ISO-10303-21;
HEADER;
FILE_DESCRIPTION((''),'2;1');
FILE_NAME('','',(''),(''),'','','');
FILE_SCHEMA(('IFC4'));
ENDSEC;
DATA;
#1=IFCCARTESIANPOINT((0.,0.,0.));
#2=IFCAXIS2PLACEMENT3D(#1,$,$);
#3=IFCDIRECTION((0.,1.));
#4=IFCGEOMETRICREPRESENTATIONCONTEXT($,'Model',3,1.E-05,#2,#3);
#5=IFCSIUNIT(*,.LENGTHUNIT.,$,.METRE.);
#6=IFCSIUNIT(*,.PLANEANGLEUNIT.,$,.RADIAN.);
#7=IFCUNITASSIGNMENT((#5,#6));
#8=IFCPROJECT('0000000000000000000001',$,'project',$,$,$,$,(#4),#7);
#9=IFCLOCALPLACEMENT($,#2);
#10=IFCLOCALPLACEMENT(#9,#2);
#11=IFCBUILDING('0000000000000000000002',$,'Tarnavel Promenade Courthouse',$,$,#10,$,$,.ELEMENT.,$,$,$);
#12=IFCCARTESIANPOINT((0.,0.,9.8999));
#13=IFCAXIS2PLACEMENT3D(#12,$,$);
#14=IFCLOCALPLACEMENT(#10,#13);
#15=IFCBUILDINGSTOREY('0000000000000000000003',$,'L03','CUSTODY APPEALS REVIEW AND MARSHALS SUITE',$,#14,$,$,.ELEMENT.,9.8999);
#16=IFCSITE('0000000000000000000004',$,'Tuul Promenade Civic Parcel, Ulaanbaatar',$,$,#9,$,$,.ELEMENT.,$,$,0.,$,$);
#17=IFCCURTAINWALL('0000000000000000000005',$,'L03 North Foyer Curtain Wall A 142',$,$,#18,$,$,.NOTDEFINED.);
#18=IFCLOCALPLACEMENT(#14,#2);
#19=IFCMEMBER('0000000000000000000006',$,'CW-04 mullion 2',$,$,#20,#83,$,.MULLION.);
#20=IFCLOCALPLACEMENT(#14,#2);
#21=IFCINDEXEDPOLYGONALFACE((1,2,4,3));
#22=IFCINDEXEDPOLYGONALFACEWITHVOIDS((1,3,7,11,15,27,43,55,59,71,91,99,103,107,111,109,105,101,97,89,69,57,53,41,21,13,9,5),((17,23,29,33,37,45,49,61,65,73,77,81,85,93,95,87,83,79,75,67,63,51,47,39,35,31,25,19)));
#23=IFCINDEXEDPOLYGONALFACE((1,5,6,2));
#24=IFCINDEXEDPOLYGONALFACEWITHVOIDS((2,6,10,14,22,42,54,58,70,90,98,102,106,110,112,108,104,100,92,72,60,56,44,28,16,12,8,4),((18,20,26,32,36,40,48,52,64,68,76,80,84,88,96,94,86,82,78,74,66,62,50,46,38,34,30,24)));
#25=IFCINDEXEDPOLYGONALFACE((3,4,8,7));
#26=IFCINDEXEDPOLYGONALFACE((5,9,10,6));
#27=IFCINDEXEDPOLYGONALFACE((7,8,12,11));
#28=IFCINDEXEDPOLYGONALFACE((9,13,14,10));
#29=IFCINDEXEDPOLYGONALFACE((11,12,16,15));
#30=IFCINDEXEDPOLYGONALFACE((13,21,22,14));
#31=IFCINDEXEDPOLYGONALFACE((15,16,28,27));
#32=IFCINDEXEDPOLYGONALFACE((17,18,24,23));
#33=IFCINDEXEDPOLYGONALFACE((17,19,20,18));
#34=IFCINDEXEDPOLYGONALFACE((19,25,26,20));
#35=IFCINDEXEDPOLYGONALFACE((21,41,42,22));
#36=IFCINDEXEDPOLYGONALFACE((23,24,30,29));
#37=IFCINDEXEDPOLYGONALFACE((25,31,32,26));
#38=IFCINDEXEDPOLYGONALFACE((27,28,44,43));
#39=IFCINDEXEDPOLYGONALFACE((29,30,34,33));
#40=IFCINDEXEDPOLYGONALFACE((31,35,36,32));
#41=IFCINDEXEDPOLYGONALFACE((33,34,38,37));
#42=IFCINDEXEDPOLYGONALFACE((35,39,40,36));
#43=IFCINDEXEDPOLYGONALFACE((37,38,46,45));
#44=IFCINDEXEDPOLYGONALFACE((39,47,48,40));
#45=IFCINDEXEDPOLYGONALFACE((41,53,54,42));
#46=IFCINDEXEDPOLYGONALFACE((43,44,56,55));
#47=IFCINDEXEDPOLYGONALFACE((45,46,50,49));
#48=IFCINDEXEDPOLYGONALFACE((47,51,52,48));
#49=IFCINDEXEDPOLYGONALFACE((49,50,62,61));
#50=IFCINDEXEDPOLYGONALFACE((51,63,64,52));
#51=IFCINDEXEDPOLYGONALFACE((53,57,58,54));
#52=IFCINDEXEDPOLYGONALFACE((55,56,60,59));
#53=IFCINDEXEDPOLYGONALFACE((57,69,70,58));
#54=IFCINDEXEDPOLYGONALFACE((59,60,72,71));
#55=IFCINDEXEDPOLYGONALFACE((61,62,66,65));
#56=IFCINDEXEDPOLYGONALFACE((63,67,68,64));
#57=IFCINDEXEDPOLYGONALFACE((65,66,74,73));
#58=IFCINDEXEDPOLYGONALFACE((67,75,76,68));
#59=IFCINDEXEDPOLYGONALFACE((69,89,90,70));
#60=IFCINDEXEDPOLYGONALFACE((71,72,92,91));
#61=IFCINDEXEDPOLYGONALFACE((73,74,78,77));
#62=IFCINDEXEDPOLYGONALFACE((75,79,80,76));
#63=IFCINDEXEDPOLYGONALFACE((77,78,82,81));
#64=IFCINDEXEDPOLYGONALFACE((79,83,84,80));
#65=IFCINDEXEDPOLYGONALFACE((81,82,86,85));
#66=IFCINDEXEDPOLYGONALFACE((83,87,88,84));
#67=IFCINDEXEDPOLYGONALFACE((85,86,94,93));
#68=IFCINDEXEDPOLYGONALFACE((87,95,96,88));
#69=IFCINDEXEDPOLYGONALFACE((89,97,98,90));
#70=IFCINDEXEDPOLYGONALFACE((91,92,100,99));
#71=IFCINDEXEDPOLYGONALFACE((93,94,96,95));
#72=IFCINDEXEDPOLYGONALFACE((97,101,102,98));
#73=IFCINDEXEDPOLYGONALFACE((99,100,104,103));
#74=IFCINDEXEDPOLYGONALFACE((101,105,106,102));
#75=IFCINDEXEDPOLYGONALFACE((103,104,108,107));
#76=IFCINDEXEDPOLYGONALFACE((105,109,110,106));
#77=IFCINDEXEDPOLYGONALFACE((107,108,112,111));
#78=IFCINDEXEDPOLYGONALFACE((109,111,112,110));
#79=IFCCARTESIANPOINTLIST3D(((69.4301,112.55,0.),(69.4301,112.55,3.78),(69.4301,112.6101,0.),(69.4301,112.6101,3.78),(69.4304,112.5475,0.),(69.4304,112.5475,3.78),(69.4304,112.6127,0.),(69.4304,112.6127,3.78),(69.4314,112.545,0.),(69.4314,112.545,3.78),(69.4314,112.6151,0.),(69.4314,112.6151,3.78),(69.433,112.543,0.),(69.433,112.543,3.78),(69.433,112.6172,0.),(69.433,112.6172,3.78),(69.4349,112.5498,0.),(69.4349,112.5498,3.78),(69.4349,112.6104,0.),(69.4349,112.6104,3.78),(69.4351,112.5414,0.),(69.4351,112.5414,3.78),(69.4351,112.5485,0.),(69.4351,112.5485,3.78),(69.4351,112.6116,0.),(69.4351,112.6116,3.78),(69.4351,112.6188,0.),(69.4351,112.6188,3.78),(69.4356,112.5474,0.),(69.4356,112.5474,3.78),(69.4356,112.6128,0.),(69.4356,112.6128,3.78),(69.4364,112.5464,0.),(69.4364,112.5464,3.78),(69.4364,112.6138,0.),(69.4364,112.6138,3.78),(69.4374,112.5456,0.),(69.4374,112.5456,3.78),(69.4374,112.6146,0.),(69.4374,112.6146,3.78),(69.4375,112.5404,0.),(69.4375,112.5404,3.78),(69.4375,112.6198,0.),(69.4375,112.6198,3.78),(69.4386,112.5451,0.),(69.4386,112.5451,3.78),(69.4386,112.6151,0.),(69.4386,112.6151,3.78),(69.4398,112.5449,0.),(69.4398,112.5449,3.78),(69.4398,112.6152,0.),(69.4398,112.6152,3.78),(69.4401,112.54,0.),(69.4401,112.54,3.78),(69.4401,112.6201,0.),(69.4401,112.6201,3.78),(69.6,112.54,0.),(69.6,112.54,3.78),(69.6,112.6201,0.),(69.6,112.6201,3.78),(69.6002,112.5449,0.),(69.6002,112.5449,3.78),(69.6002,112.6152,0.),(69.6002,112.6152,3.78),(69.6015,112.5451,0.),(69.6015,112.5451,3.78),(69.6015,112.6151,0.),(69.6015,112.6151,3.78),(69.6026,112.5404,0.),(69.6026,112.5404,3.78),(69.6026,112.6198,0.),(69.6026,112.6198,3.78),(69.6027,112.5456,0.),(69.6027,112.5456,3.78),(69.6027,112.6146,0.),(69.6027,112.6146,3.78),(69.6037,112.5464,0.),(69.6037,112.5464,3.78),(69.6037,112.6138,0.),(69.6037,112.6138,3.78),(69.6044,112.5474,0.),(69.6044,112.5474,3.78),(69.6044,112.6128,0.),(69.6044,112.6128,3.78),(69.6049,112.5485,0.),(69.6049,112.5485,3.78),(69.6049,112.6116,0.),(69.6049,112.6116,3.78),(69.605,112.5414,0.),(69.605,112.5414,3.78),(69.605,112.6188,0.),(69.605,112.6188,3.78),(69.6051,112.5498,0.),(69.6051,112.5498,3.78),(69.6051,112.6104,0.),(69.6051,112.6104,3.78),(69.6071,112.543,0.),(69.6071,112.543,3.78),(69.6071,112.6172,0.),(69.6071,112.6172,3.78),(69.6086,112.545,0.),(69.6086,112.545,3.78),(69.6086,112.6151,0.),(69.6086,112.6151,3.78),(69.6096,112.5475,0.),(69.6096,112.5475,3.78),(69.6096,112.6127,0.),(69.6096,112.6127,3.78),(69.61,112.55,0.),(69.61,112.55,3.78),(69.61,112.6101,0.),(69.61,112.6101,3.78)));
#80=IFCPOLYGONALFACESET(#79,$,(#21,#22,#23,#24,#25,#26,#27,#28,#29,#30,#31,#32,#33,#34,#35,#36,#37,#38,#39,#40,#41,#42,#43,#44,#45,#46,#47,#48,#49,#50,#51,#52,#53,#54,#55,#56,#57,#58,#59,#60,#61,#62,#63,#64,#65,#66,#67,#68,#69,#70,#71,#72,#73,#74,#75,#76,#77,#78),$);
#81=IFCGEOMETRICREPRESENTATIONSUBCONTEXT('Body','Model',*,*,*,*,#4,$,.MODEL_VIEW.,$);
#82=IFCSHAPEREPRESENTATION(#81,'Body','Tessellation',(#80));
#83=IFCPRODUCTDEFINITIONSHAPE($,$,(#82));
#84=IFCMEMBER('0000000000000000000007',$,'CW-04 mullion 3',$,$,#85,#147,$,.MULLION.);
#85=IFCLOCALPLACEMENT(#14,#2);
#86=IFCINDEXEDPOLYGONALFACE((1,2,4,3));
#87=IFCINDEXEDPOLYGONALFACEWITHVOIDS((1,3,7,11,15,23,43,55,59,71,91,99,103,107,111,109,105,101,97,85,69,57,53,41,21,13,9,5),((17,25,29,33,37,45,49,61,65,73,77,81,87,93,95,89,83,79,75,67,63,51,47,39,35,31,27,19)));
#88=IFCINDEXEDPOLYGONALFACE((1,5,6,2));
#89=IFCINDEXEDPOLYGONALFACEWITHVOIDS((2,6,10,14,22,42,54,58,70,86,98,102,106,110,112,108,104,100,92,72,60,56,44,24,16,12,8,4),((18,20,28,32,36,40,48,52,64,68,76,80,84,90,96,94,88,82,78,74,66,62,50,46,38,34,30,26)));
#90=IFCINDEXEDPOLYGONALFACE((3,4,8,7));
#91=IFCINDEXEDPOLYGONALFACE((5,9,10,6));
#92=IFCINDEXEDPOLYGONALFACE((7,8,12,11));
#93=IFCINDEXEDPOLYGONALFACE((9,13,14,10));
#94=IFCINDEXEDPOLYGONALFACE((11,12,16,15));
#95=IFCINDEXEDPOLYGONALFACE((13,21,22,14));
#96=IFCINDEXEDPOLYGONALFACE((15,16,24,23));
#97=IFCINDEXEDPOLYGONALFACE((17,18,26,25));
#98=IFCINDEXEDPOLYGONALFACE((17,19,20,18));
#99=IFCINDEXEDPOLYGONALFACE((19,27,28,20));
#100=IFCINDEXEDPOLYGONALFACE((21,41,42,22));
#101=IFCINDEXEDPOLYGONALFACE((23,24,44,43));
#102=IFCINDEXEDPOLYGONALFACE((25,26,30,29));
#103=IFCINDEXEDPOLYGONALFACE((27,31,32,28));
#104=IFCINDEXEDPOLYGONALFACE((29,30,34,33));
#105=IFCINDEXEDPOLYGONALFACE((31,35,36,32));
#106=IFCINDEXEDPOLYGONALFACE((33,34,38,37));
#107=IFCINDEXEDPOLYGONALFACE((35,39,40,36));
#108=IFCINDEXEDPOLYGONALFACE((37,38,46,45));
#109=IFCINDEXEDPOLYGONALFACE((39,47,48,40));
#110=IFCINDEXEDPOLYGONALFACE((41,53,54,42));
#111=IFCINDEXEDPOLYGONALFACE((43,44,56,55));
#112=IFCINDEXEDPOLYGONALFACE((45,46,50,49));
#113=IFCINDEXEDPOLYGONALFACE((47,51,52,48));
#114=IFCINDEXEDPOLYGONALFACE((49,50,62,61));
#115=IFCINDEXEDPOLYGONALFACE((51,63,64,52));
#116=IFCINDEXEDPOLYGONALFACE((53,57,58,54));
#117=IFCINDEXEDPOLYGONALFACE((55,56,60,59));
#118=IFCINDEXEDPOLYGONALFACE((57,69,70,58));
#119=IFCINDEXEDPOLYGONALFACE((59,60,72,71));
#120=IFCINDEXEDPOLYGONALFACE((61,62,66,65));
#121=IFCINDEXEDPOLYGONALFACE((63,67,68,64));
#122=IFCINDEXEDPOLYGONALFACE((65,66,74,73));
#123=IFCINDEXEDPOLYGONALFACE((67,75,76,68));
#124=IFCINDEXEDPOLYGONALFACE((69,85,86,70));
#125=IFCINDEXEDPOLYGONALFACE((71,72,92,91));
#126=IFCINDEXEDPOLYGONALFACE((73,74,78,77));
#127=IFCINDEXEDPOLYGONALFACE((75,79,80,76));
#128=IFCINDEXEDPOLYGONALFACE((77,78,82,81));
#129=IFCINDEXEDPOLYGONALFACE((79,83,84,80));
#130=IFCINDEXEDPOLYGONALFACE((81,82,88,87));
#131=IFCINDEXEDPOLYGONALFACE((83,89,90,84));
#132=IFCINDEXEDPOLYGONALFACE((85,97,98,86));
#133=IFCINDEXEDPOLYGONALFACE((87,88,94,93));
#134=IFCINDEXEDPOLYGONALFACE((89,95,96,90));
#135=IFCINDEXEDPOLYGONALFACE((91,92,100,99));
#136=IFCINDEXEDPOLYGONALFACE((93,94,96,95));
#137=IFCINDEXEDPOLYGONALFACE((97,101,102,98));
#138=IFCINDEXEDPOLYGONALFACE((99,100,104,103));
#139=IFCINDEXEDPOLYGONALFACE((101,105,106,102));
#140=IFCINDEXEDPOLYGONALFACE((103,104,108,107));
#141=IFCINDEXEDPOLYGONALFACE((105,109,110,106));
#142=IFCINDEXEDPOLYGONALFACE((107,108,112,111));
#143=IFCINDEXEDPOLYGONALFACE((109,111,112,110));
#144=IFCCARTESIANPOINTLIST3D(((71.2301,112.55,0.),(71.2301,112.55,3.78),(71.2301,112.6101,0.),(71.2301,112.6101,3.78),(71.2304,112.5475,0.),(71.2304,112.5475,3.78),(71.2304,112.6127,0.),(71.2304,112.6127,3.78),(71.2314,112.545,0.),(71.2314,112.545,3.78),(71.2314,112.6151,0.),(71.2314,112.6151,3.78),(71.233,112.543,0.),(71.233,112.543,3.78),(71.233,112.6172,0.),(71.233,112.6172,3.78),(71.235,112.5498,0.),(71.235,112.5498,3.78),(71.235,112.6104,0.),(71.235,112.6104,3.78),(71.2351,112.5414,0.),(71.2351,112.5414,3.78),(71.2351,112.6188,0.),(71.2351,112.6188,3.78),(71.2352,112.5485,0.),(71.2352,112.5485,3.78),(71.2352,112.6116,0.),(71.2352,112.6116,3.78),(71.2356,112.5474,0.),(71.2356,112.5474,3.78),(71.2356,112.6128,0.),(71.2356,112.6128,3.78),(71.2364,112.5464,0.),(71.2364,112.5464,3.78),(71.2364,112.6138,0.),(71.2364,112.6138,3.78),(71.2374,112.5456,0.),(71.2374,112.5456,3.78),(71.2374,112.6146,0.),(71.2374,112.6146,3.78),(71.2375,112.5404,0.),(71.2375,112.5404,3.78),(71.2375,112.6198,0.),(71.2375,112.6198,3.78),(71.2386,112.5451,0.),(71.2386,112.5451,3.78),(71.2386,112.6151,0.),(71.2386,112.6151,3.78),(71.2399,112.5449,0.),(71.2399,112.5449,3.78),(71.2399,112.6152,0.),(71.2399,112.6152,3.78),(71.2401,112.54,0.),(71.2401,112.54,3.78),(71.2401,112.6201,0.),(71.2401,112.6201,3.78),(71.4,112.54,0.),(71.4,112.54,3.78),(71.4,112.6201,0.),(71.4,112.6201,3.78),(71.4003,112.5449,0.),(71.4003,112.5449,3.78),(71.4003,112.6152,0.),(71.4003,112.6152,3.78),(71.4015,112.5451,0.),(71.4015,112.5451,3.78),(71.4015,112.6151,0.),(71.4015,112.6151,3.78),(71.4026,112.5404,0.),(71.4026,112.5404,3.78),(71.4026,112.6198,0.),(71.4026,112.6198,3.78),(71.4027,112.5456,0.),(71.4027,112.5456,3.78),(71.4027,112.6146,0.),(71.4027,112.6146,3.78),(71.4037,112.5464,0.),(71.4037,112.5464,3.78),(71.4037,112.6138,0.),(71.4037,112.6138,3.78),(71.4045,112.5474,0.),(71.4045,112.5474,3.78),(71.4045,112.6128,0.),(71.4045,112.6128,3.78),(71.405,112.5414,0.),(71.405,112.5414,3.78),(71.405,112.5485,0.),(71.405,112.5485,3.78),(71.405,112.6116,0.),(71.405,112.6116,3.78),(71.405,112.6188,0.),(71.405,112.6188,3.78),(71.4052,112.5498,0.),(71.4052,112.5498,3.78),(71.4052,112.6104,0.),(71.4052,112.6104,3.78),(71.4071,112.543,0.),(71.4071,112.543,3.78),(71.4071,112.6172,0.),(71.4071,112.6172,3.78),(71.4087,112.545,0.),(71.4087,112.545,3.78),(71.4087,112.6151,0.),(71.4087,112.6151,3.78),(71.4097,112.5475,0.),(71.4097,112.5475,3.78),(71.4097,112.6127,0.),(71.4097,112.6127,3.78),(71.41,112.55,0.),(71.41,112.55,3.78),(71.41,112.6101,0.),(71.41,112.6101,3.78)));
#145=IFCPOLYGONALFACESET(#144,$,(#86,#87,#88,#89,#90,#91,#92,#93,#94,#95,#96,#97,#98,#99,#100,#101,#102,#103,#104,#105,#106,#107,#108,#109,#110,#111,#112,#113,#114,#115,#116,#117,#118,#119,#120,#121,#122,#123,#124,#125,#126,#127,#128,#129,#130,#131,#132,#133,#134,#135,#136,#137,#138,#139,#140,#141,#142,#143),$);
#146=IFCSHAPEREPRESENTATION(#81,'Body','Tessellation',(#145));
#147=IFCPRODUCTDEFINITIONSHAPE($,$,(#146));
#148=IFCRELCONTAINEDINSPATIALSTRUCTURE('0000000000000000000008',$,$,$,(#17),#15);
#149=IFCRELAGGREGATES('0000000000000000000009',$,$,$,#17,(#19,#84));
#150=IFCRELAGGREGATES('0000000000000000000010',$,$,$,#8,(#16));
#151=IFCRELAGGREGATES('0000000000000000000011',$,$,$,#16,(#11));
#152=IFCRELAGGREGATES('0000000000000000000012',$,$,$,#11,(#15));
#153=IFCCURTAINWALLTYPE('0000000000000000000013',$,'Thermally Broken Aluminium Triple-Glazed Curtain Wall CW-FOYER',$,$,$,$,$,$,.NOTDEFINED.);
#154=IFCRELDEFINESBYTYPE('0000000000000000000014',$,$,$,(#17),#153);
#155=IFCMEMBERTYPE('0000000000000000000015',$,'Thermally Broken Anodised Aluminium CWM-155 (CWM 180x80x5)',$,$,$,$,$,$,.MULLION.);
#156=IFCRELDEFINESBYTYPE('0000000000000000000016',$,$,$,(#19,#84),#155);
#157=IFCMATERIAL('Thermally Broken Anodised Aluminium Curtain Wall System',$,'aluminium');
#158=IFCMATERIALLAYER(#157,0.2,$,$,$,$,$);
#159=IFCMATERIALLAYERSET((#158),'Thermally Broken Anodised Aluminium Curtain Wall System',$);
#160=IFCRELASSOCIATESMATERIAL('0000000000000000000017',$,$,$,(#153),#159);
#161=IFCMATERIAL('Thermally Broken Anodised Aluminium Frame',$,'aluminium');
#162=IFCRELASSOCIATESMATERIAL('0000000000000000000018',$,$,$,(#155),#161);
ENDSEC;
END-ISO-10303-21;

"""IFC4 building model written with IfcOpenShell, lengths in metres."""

from ifc_helpers import new_model, si_unit, direction, frame, origin, origin_2d, place, context, subcontext, project, spatial, hollow_rectangle, extrude, material, layer, layer_set, material_profile, profile_set, type_object, element, aggregate, save


model = new_model("IFC4")

# Units and contexts
model_context = context("Model", 3, precision=1e-05, world=origin(), true_north=direction((0.0, 1.0)))
body_context = subcontext(model_context, "Body", "Model", "MODEL_VIEW")
ifc_project = project(units=[si_unit("LENGTHUNIT", "METRE"), si_unit("PLANEANGLEUNIT", "RADIAN")], contexts=[model_context])

# Site, building, storey
site_placement = place(None, origin())
site = spatial("IfcSite", under=ifc_project, at=site_placement, Name="Tuul Promenade Civic Parcel, Ulaanbaatar", CompositionType="ELEMENT", RefElevation=0.0)
building_placement = place(site_placement, origin())
building = spatial("IfcBuilding", under=site, at=building_placement, Name="Tarnavel Promenade Courthouse", CompositionType="ELEMENT")
storey_placement = place(building_placement, frame((0.0, 0.0, 9.8999)))
storey = spatial("IfcBuildingStorey", under=building, at=storey_placement, Name="L03", Description="CUSTODY APPEALS REVIEW AND MARSHALS SUITE", CompositionType="ELEMENT", Elevation=9.8999)

# Curtain wall, members
ifc_material_1 = material(Name="Thermally Broken Anodised Aluminium Curtain Wall System", Category="aluminium")
ifc_layer_1 = layer(ifc_material_1, 0.2)
ifc_layer_set_1 = layer_set([ifc_layer_1], Name="Thermally Broken Anodised Aluminium Curtain Wall System")
curtain_wall_type = type_object("IfcCurtainWallType", Name="Thermally Broken Aluminium Triple-Glazed Curtain Wall CW-FOYER", PredefinedType="NOTDEFINED", material=ifc_layer_set_1)
curtain_wall_1_placement = place(storey_placement, origin())
curtain_wall_1 = element("IfcCurtainWall", 1, at=curtain_wall_1_placement, inside=storey, type_object=curtain_wall_type, Name="L03 North Foyer Curtain Wall A 142", PredefinedType="NOTDEFINED")
ifc_material_2 = material(Name="Thermally Broken Anodised Aluminium Frame", Category="aluminium")
ifc_material_profile_1 = material_profile(ifc_material_2, hollow_rectangle(XDim=0.0801, YDim=0.1799, WallThickness=0.0049, InnerFilletRadius=0.0049, OuterFilletRadius=0.01, at=origin_2d()), Name="CWM 180x80x5")
ifc_profile_set_1 = profile_set([ifc_material_profile_1], Name="Thermally Broken Anodised Aluminium Frame")
member_type_1 = type_object("IfcMemberType", Name="Thermally Broken Anodised Aluminium CWM-155 (CWM 180x80x5)", PredefinedType="MULLION", material=ifc_profile_set_1)
member_1_placement = place(storey_placement, frame((69.52, 112.5801, 0.0), z_axis=(0.0, 0.0, 1.0), x_axis=(0.0, 1.0, 0.0)))
member_1 = element("IfcMember", 2, at=member_1_placement, type_object=member_type_1, Name="CW-04 mullion 2", PredefinedType="MULLION", context=body_context, shape_type="SweptSolid", body=[
    extrude(hollow_rectangle(XDim=0.0801, YDim=0.1799, WallThickness=0.0049, InnerFilletRadius=0.0049, OuterFilletRadius=0.01, at=origin_2d()), origin(), (0.0, 0.0, 1.0), 3.78),
])
member_2_placement = place(storey_placement, frame((71.3201, 112.5801, 0.0), z_axis=(0.0, 0.0, 1.0), x_axis=(0.0, 1.0, 0.0)))
member_2 = element("IfcMember", 3, at=member_2_placement, type_object=member_type_1, Name="CW-04 mullion 3", PredefinedType="MULLION", context=body_context, shape_type="SweptSolid", body=[
    extrude(hollow_rectangle(XDim=0.0801, YDim=0.1799, WallThickness=0.0049, InnerFilletRadius=0.0049, OuterFilletRadius=0.01, at=origin_2d()), origin(), (0.0, 0.0, 1.0), 3.78),
])

aggregate(curtain_wall_1, [member_1, member_2])

save(model, "model.ifc")
